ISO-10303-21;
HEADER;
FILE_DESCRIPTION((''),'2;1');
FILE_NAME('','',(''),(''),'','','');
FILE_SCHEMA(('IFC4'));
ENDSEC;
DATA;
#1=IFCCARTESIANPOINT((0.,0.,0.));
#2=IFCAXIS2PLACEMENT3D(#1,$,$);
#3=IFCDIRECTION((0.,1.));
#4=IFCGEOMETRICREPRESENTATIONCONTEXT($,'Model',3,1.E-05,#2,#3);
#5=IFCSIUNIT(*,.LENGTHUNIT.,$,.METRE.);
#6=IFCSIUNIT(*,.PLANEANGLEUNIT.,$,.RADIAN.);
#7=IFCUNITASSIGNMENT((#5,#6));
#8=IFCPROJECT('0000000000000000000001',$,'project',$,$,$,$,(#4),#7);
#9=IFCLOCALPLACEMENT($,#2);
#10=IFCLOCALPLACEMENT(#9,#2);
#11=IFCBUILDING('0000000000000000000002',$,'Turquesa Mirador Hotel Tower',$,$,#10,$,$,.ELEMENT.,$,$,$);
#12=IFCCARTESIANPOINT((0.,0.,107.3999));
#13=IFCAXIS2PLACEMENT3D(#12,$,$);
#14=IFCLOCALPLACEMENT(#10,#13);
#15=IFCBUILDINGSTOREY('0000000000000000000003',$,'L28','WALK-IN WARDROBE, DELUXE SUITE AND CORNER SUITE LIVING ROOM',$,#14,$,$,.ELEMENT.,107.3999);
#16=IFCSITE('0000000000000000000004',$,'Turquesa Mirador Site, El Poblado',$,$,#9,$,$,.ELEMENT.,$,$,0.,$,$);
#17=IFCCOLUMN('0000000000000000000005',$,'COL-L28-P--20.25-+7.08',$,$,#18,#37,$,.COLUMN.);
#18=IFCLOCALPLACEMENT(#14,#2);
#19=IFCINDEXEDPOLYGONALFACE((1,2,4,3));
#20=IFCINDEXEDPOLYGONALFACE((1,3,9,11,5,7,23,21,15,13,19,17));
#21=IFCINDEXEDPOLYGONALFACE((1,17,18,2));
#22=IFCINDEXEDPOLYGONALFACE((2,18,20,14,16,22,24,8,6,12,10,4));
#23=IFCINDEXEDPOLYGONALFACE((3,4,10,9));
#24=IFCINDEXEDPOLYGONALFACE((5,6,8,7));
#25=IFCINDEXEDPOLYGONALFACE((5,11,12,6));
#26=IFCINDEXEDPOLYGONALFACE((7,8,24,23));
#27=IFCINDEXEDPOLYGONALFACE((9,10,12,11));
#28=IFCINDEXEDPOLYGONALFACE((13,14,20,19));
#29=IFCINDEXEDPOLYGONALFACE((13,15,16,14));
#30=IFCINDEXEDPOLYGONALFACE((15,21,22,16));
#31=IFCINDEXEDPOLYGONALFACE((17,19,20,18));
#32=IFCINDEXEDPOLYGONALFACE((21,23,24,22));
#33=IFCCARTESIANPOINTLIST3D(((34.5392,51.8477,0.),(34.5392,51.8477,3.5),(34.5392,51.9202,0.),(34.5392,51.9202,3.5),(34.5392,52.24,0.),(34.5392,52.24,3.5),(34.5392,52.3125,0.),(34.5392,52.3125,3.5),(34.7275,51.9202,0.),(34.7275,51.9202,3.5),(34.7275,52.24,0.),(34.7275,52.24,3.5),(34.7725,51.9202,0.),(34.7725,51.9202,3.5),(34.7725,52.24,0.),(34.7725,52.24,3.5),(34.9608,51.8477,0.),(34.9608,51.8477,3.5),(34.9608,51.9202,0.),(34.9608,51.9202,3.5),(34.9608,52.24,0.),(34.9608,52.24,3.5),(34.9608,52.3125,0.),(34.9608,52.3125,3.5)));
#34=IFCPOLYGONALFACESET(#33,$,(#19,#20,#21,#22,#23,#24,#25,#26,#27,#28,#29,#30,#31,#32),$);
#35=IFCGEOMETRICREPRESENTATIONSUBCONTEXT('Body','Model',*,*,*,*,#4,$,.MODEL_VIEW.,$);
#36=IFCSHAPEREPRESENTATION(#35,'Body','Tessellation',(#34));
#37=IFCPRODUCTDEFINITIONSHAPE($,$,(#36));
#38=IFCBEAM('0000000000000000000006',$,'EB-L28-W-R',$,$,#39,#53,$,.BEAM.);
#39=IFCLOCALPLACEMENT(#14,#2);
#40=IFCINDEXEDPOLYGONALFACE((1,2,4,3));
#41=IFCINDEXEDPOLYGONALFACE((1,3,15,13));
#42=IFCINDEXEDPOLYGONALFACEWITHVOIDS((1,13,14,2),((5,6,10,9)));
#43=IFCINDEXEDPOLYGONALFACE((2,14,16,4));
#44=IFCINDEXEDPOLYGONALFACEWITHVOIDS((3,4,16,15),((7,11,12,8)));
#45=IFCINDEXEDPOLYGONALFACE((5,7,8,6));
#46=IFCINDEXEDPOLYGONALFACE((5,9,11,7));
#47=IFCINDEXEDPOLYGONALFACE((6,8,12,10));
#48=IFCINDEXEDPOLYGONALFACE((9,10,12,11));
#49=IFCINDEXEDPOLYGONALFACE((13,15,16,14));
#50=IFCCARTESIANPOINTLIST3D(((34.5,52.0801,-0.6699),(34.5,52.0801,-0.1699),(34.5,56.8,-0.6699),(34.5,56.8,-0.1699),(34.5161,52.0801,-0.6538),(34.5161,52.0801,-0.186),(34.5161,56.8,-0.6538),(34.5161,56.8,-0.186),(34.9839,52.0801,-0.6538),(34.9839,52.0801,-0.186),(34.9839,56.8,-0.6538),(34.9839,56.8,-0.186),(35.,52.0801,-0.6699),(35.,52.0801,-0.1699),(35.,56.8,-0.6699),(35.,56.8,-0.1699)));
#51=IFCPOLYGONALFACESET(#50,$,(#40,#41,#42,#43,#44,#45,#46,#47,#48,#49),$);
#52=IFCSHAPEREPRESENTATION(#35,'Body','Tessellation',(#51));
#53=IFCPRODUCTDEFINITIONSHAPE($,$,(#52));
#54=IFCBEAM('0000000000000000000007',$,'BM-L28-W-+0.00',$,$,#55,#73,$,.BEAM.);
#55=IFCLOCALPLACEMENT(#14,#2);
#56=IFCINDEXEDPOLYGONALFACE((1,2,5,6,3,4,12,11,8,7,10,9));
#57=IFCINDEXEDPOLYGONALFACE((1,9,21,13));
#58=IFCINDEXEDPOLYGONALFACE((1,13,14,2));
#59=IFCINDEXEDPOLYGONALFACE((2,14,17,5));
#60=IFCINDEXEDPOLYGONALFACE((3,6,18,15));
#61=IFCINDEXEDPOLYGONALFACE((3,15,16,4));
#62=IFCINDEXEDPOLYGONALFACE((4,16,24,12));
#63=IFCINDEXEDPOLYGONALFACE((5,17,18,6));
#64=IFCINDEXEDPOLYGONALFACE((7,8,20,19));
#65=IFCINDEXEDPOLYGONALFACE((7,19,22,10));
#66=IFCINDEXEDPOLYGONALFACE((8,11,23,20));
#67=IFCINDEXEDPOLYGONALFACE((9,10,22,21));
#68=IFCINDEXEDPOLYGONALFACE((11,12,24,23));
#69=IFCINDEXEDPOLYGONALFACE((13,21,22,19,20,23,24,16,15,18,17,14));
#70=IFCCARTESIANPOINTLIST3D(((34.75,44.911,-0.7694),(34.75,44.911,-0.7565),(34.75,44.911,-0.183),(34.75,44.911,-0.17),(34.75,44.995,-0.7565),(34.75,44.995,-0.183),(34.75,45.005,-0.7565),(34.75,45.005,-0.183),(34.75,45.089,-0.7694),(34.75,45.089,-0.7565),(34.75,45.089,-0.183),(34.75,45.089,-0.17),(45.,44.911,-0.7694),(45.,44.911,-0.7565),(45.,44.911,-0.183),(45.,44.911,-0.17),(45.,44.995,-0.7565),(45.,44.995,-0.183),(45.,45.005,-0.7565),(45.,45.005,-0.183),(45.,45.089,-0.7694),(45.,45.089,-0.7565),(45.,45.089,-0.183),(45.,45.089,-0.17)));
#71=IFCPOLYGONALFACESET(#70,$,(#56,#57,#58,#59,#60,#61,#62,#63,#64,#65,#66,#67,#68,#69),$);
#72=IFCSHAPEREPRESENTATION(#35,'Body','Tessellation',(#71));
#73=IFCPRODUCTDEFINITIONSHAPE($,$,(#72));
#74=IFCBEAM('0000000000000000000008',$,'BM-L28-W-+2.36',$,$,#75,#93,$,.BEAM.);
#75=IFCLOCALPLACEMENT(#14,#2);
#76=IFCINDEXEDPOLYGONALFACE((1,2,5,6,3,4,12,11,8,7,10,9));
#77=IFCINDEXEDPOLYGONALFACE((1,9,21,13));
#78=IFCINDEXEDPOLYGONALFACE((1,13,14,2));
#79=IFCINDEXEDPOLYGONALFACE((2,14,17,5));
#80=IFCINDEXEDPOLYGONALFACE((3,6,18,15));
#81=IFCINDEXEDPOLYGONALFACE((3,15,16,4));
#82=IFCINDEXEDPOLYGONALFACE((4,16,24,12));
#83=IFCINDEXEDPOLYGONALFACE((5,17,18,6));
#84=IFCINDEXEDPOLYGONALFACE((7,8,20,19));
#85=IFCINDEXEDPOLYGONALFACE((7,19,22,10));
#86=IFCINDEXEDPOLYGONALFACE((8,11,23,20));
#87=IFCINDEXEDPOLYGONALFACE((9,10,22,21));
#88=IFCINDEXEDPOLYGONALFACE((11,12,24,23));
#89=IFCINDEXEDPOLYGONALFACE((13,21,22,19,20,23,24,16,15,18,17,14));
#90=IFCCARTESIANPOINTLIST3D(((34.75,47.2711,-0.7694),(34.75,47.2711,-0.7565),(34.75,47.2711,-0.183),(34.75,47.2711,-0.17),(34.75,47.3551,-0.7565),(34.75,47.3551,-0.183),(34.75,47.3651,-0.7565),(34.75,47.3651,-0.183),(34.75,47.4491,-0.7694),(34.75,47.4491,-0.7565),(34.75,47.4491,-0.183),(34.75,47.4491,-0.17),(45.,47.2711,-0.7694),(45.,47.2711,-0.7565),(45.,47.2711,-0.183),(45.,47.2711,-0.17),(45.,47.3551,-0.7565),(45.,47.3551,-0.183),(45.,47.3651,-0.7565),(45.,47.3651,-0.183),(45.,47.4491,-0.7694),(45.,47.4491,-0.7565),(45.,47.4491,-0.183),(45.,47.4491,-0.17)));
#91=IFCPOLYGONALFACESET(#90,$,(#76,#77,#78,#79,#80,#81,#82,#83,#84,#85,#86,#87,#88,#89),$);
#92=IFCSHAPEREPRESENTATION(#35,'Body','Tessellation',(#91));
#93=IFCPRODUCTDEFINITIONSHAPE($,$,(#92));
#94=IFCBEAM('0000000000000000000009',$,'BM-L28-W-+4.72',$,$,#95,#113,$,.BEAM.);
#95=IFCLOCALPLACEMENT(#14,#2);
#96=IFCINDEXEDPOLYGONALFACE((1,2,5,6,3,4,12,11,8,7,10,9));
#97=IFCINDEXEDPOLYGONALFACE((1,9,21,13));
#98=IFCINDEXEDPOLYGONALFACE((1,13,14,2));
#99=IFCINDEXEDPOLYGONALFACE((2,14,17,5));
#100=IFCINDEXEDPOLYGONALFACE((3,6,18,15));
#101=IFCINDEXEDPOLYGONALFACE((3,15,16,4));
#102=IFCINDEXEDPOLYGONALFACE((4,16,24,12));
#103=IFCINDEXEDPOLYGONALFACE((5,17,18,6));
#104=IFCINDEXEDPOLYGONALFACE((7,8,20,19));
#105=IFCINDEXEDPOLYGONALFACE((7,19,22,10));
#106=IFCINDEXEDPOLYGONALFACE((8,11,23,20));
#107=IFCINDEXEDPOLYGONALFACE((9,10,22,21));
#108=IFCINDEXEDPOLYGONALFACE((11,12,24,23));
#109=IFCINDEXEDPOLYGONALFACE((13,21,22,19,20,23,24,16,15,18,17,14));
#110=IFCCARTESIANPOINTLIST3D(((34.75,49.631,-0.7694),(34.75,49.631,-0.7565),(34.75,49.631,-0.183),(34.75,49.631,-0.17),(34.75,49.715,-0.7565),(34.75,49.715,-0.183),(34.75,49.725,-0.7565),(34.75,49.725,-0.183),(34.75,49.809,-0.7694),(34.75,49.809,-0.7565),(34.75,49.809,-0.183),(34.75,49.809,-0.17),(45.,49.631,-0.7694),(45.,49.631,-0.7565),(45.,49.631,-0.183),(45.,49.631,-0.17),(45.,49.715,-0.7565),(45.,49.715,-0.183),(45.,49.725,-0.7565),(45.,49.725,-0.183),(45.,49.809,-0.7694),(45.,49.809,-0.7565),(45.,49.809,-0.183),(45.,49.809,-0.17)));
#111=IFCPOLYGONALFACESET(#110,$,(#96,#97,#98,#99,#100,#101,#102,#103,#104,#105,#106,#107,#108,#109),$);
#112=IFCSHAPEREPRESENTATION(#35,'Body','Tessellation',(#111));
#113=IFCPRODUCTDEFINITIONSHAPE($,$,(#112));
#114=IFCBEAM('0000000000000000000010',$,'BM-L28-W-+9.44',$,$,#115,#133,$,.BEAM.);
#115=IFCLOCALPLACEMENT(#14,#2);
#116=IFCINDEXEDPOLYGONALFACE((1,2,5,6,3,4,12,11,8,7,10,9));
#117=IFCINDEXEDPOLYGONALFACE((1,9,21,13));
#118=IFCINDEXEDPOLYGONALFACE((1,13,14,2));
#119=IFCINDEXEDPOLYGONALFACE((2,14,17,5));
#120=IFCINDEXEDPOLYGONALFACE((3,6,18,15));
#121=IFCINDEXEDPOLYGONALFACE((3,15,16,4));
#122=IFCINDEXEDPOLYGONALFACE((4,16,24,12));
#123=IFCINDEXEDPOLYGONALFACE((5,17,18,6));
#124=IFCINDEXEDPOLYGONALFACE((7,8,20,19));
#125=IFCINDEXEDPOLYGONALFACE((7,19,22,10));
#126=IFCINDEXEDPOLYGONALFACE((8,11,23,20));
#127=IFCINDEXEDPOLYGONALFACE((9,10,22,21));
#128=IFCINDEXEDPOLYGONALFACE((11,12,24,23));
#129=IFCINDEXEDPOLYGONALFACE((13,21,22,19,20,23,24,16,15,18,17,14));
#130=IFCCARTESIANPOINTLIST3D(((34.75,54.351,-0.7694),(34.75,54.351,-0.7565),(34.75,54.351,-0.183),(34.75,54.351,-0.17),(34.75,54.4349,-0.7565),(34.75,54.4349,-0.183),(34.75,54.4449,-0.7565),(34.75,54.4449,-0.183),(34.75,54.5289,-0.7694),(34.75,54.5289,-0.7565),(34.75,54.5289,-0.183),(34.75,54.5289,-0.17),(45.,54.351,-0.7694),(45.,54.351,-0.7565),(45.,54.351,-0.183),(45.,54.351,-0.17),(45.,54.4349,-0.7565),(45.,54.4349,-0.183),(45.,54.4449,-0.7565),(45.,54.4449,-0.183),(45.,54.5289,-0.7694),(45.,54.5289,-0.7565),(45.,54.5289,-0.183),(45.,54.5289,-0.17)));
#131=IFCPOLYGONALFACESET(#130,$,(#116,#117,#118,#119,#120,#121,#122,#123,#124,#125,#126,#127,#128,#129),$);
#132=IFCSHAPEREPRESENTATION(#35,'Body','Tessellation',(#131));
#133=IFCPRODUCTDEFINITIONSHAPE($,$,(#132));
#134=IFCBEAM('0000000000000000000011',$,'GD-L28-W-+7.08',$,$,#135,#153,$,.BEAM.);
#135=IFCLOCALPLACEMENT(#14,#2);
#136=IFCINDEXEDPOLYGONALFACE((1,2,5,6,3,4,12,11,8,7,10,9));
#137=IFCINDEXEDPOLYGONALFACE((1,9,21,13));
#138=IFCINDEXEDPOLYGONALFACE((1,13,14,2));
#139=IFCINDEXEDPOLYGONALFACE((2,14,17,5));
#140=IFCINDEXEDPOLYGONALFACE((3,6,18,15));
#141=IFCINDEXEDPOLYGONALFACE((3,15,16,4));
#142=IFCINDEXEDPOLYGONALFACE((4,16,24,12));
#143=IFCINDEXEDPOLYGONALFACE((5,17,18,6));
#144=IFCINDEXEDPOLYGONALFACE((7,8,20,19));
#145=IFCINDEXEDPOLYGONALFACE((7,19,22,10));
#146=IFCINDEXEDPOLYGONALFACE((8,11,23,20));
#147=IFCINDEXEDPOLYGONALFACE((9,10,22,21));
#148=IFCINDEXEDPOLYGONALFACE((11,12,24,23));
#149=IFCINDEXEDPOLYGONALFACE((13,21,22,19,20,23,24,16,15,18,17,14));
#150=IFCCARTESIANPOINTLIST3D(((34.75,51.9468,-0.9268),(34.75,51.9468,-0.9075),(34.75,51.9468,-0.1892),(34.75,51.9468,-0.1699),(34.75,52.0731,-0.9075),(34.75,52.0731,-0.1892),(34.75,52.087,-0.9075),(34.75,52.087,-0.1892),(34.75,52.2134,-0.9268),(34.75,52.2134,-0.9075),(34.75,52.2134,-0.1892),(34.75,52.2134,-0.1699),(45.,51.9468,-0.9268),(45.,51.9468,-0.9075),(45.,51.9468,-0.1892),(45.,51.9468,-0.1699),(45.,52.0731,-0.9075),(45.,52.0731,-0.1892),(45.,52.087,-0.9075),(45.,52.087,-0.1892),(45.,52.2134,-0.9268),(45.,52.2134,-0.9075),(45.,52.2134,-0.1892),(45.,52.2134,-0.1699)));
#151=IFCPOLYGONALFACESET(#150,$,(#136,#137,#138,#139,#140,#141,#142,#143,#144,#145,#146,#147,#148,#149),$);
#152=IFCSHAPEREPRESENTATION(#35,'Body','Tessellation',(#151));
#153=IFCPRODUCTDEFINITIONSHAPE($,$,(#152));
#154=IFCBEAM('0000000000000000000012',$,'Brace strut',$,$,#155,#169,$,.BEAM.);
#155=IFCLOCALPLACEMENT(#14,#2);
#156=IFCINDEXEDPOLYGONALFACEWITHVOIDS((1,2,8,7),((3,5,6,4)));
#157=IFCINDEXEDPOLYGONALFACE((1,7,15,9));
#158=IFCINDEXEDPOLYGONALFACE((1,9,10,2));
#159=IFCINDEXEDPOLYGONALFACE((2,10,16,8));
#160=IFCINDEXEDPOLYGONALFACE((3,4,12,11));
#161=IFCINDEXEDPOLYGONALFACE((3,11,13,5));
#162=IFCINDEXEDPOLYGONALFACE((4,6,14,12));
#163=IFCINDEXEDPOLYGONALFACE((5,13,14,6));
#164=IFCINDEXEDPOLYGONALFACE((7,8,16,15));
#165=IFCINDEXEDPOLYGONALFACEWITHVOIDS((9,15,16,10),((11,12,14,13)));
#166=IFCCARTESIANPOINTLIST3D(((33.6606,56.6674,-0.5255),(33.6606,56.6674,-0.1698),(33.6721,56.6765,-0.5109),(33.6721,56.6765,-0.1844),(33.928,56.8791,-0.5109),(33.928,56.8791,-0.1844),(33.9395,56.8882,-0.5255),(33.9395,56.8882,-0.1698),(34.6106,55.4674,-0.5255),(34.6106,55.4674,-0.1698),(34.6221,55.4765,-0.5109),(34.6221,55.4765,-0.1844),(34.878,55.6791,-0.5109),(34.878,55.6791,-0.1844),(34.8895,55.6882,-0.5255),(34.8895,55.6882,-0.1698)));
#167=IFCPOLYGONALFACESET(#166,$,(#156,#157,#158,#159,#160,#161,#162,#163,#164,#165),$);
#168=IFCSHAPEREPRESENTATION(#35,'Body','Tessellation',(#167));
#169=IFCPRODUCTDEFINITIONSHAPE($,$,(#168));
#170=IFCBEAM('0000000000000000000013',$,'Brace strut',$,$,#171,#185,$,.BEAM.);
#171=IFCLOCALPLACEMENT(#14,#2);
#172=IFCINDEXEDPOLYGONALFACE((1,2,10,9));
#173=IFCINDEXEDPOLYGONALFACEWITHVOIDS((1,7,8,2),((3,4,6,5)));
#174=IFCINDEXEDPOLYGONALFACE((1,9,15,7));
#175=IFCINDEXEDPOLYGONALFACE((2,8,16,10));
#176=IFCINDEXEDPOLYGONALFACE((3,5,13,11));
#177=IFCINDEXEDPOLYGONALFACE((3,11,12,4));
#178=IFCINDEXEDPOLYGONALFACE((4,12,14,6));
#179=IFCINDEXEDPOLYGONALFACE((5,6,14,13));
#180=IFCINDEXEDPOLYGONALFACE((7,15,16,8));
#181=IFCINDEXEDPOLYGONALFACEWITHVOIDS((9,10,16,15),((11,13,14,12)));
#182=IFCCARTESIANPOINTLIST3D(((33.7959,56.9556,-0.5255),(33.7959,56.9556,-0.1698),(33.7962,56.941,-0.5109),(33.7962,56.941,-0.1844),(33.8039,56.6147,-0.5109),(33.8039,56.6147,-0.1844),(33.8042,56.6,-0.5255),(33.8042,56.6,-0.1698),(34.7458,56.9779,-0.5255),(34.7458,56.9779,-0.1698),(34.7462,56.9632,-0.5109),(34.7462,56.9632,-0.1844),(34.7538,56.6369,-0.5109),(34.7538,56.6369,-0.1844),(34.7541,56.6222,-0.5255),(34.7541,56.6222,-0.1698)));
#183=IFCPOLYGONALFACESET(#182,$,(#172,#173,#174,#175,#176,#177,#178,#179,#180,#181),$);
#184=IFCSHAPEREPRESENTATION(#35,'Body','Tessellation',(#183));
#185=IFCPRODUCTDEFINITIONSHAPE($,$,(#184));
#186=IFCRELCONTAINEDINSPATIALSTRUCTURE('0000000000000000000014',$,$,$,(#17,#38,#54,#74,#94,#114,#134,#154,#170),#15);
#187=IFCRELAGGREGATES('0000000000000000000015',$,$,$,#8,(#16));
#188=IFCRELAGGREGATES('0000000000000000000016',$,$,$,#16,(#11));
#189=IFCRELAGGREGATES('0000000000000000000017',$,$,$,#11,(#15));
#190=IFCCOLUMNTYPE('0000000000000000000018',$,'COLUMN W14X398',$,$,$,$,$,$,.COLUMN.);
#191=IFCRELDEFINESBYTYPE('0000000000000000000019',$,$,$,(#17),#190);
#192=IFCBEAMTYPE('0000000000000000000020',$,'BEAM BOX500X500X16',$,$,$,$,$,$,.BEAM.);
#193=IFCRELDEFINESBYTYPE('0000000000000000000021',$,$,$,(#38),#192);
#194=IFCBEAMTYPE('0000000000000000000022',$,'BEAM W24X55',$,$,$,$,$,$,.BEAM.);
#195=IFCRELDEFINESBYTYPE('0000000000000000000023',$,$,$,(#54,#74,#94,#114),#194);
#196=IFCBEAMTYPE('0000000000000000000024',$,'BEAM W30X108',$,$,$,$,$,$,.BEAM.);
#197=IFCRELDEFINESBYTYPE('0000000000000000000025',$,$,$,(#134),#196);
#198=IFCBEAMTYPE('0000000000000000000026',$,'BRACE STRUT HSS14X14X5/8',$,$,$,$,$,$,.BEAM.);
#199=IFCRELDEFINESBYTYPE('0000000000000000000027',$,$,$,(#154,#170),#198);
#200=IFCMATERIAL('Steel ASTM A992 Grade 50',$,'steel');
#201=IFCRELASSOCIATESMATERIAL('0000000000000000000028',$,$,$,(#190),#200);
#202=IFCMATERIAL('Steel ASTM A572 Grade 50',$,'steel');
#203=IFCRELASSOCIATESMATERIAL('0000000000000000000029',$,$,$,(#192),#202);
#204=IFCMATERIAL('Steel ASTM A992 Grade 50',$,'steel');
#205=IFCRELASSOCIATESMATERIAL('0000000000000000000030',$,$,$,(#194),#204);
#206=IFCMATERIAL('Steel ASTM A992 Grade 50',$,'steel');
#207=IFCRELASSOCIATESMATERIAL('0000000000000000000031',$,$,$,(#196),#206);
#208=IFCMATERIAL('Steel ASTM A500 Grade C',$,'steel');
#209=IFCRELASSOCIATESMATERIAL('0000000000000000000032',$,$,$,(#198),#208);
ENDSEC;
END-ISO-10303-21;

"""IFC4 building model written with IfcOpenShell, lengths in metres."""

from ifc_helpers import new_model, si_unit, direction, frame, origin, origin_2d, place, context, subcontext, project, spatial, hollow_rectangle, i_section, extrude, material, material_profile, profile_set, type_object, element, save


model = new_model("IFC4")

# Units and contexts
model_context = context("Model", 3, precision=1e-05, world=origin(), true_north=direction((0.0, 1.0)))
body_context = subcontext(model_context, "Body", "Model", "MODEL_VIEW")
ifc_project = project(units=[si_unit("LENGTHUNIT", "METRE"), si_unit("PLANEANGLEUNIT", "RADIAN")], contexts=[model_context])

# Site, building, storey
site_placement = place(None, origin())
site = spatial("IfcSite", under=ifc_project, at=site_placement, Name="Turquesa Mirador Site, El Poblado", CompositionType="ELEMENT", RefElevation=0.0)
building_placement = place(site_placement, origin())
building = spatial("IfcBuilding", under=site, at=building_placement, Name="Turquesa Mirador Hotel Tower", CompositionType="ELEMENT")
storey_placement = place(building_placement, frame((0.0, 0.0, 107.3999)))
storey = spatial("IfcBuildingStorey", under=building, at=storey_placement, Name="L28", Description="WALK-IN WARDROBE, DELUXE SUITE AND CORNER SUITE LIVING ROOM", CompositionType="ELEMENT", Elevation=107.3999)

# Column
ifc_material_1 = material(Name="Steel ASTM A992 Grade 50", Category="steel")
ifc_material_profile_1 = material_profile(ifc_material_1, i_section(OverallWidth=0.4216, OverallDepth=0.4648, WebThickness=0.0449, FlangeThickness=0.0725, at=origin_2d()), Name="W14X398")
ifc_profile_set_1 = profile_set([ifc_material_profile_1], Name="Steel ASTM A992 Grade 50")
column_type = type_object("IfcColumnType", Name="COLUMN W14X398", PredefinedType="COLUMN", material=ifc_profile_set_1)
column_placement = place(storey_placement, frame((34.75, 52.0801, 0.0), z_axis=(0.0, 0.0, 1.0), x_axis=(1.0, 0.0, 0.0)))
element("IfcColumn", 1, at=column_placement, inside=storey, type_object=column_type, Name="COL-L28-P--20.25-+7.08", PredefinedType="COLUMN", context=body_context, shape_type="SweptSolid", body=[
    extrude(i_section(OverallWidth=0.4216, OverallDepth=0.4648, WebThickness=0.0449, FlangeThickness=0.0725, at=origin_2d()), origin(), (0.0, 0.0, 1.0), 3.5),
])

# Beams
ifc_material_2 = material(Name="Steel ASTM A572 Grade 50", Category="steel")
ifc_material_profile_2 = material_profile(ifc_material_2, hollow_rectangle(XDim=0.5, YDim=0.5, WallThickness=0.0161, at=origin_2d()), Name="BOX500X500X16")
ifc_profile_set_2 = profile_set([ifc_material_profile_2], Name="Steel ASTM A572 Grade 50")
beam_type_1 = type_object("IfcBeamType", Name="BEAM BOX500X500X16", PredefinedType="BEAM", material=ifc_profile_set_2)
beam_1_placement = place(storey_placement, frame((34.75, 52.0801, -0.4199), z_axis=(0.0, 1.0, 0.0), x_axis=(-1.0, 0.0, 0.0)))
element("IfcBeam", 2, at=beam_1_placement, inside=storey, type_object=beam_type_1, Name="EB-L28-W-R", PredefinedType="BEAM", context=body_context, shape_type="SweptSolid", body=[
    extrude(hollow_rectangle(XDim=0.5, YDim=0.5, WallThickness=0.0161, at=origin_2d()), origin(), (0.0, 0.0, 1.0), 4.72),
])
ifc_material_3 = material(Name="Steel ASTM A992 Grade 50", Category="steel")
ifc_material_profile_3 = material_profile(ifc_material_3, i_section(OverallWidth=0.178, OverallDepth=0.5994, WebThickness=0.01, FlangeThickness=0.0129, at=origin_2d()), Name="W24X55")
ifc_profile_set_3 = profile_set([ifc_material_profile_3], Name="Steel ASTM A992 Grade 50")
beam_type_2 = type_object("IfcBeamType", Name="BEAM W24X55", PredefinedType="BEAM", material=ifc_profile_set_3)
for number, where, z_axis, x_axis, name in (
    (3, (34.75, 45.0, -0.4697), (1.0, 0.0, 0.0), (0.0, 1.0, 0.0), "BM-L28-W-+0.00"),
    (4, (34.75, 47.3601, -0.4697), (1.0, 0.0, 0.0), (0.0, 1.0, 0.0), "BM-L28-W-+2.36"),
    (5, (34.75, 49.72, -0.4697), (1.0, 0.0, 0.0), (0.0, 1.0, 0.0), "BM-L28-W-+4.72"),
    (6, (34.75, 54.4399, -0.4697), (1.0, 0.0, 0.0), (0.0, 1.0, 0.0), "BM-L28-W-+9.44"),
):
    element("IfcBeam", number, at=place(storey_placement, frame(where, z_axis=z_axis, x_axis=x_axis)), inside=storey, type_object=beam_type_2, Name=name, PredefinedType="BEAM", context=body_context, shape_type="SweptSolid", body=[
        extrude(i_section(OverallWidth=0.178, OverallDepth=0.5994, WebThickness=0.01, FlangeThickness=0.0129, at=origin_2d()), origin(), (0.0, 0.0, 1.0), 10.25),
    ])
ifc_material_4 = material(Name="Steel ASTM A992 Grade 50", Category="steel")
ifc_material_profile_4 = material_profile(ifc_material_4, i_section(OverallWidth=0.2666, OverallDepth=0.7568, WebThickness=0.0139, FlangeThickness=0.0193, at=origin_2d()), Name="W30X108")
ifc_profile_set_4 = profile_set([ifc_material_profile_4], Name="Steel ASTM A992 Grade 50")
beam_type_3 = type_object("IfcBeamType", Name="BEAM W30X108", PredefinedType="BEAM", material=ifc_profile_set_4)
beam_2_placement = place(storey_placement, frame((34.75, 52.0801, -0.5483), z_axis=(1.0, 0.0, 0.0), x_axis=(0.0, 1.0, 0.0)))
element("IfcBeam", 7, at=beam_2_placement, inside=storey, type_object=beam_type_3, Name="GD-L28-W-+7.08", PredefinedType="BEAM", context=body_context, shape_type="SweptSolid", body=[
    extrude(i_section(OverallWidth=0.2666, OverallDepth=0.7568, WebThickness=0.0139, FlangeThickness=0.0193, at=origin_2d()), origin(), (0.0, 0.0, 1.0), 10.25),
])
ifc_material_5 = material(Name="Steel ASTM A500 Grade C", Category="steel")
ifc_material_profile_5 = material_profile(ifc_material_5, hollow_rectangle(XDim=0.3557, YDim=0.3557, WallThickness=0.0146, at=origin_2d()), Name="HSS14X14X5/8")
ifc_profile_set_5 = profile_set([ifc_material_profile_5], Name="Steel ASTM A500 Grade C")
beam_type_4 = type_object("IfcBeamType", Name="BRACE STRUT HSS14X14X5/8", PredefinedType="BEAM", material=ifc_profile_set_5)
beam_3_placement = place(storey_placement, frame((33.8, 56.7778, -0.3477), z_axis=(0.620699, -0.784049, 0.0), x_axis=(0.784049, 0.620699, 0.0)))
element("IfcBeam", 8, at=beam_3_placement, inside=storey, type_object=beam_type_4, Name="Brace strut", PredefinedType="BEAM", context=body_context, shape_type="SweptSolid", body=[
    extrude(hollow_rectangle(XDim=0.3557, YDim=0.3557, WallThickness=0.0146, at=origin_2d()), origin(), (0.0, 0.0, 1.0), 1.5305),
])
beam_4_placement = place(storey_placement, frame((33.8, 56.7778, -0.3477), z_axis=(0.999727, 0.023381, 0.0), x_axis=(-0.023381, 0.999727, 0.0)))
element("IfcBeam", 9, at=beam_4_placement, inside=storey, type_object=beam_type_4, Name="Brace strut", PredefinedType="BEAM", context=body_context, shape_type="SweptSolid", body=[
    extrude(hollow_rectangle(XDim=0.3557, YDim=0.3557, WallThickness=0.0146, at=origin_2d()), origin(), (0.0, 0.0, 1.0), 0.9502),
])

save(model, "model.ifc")
